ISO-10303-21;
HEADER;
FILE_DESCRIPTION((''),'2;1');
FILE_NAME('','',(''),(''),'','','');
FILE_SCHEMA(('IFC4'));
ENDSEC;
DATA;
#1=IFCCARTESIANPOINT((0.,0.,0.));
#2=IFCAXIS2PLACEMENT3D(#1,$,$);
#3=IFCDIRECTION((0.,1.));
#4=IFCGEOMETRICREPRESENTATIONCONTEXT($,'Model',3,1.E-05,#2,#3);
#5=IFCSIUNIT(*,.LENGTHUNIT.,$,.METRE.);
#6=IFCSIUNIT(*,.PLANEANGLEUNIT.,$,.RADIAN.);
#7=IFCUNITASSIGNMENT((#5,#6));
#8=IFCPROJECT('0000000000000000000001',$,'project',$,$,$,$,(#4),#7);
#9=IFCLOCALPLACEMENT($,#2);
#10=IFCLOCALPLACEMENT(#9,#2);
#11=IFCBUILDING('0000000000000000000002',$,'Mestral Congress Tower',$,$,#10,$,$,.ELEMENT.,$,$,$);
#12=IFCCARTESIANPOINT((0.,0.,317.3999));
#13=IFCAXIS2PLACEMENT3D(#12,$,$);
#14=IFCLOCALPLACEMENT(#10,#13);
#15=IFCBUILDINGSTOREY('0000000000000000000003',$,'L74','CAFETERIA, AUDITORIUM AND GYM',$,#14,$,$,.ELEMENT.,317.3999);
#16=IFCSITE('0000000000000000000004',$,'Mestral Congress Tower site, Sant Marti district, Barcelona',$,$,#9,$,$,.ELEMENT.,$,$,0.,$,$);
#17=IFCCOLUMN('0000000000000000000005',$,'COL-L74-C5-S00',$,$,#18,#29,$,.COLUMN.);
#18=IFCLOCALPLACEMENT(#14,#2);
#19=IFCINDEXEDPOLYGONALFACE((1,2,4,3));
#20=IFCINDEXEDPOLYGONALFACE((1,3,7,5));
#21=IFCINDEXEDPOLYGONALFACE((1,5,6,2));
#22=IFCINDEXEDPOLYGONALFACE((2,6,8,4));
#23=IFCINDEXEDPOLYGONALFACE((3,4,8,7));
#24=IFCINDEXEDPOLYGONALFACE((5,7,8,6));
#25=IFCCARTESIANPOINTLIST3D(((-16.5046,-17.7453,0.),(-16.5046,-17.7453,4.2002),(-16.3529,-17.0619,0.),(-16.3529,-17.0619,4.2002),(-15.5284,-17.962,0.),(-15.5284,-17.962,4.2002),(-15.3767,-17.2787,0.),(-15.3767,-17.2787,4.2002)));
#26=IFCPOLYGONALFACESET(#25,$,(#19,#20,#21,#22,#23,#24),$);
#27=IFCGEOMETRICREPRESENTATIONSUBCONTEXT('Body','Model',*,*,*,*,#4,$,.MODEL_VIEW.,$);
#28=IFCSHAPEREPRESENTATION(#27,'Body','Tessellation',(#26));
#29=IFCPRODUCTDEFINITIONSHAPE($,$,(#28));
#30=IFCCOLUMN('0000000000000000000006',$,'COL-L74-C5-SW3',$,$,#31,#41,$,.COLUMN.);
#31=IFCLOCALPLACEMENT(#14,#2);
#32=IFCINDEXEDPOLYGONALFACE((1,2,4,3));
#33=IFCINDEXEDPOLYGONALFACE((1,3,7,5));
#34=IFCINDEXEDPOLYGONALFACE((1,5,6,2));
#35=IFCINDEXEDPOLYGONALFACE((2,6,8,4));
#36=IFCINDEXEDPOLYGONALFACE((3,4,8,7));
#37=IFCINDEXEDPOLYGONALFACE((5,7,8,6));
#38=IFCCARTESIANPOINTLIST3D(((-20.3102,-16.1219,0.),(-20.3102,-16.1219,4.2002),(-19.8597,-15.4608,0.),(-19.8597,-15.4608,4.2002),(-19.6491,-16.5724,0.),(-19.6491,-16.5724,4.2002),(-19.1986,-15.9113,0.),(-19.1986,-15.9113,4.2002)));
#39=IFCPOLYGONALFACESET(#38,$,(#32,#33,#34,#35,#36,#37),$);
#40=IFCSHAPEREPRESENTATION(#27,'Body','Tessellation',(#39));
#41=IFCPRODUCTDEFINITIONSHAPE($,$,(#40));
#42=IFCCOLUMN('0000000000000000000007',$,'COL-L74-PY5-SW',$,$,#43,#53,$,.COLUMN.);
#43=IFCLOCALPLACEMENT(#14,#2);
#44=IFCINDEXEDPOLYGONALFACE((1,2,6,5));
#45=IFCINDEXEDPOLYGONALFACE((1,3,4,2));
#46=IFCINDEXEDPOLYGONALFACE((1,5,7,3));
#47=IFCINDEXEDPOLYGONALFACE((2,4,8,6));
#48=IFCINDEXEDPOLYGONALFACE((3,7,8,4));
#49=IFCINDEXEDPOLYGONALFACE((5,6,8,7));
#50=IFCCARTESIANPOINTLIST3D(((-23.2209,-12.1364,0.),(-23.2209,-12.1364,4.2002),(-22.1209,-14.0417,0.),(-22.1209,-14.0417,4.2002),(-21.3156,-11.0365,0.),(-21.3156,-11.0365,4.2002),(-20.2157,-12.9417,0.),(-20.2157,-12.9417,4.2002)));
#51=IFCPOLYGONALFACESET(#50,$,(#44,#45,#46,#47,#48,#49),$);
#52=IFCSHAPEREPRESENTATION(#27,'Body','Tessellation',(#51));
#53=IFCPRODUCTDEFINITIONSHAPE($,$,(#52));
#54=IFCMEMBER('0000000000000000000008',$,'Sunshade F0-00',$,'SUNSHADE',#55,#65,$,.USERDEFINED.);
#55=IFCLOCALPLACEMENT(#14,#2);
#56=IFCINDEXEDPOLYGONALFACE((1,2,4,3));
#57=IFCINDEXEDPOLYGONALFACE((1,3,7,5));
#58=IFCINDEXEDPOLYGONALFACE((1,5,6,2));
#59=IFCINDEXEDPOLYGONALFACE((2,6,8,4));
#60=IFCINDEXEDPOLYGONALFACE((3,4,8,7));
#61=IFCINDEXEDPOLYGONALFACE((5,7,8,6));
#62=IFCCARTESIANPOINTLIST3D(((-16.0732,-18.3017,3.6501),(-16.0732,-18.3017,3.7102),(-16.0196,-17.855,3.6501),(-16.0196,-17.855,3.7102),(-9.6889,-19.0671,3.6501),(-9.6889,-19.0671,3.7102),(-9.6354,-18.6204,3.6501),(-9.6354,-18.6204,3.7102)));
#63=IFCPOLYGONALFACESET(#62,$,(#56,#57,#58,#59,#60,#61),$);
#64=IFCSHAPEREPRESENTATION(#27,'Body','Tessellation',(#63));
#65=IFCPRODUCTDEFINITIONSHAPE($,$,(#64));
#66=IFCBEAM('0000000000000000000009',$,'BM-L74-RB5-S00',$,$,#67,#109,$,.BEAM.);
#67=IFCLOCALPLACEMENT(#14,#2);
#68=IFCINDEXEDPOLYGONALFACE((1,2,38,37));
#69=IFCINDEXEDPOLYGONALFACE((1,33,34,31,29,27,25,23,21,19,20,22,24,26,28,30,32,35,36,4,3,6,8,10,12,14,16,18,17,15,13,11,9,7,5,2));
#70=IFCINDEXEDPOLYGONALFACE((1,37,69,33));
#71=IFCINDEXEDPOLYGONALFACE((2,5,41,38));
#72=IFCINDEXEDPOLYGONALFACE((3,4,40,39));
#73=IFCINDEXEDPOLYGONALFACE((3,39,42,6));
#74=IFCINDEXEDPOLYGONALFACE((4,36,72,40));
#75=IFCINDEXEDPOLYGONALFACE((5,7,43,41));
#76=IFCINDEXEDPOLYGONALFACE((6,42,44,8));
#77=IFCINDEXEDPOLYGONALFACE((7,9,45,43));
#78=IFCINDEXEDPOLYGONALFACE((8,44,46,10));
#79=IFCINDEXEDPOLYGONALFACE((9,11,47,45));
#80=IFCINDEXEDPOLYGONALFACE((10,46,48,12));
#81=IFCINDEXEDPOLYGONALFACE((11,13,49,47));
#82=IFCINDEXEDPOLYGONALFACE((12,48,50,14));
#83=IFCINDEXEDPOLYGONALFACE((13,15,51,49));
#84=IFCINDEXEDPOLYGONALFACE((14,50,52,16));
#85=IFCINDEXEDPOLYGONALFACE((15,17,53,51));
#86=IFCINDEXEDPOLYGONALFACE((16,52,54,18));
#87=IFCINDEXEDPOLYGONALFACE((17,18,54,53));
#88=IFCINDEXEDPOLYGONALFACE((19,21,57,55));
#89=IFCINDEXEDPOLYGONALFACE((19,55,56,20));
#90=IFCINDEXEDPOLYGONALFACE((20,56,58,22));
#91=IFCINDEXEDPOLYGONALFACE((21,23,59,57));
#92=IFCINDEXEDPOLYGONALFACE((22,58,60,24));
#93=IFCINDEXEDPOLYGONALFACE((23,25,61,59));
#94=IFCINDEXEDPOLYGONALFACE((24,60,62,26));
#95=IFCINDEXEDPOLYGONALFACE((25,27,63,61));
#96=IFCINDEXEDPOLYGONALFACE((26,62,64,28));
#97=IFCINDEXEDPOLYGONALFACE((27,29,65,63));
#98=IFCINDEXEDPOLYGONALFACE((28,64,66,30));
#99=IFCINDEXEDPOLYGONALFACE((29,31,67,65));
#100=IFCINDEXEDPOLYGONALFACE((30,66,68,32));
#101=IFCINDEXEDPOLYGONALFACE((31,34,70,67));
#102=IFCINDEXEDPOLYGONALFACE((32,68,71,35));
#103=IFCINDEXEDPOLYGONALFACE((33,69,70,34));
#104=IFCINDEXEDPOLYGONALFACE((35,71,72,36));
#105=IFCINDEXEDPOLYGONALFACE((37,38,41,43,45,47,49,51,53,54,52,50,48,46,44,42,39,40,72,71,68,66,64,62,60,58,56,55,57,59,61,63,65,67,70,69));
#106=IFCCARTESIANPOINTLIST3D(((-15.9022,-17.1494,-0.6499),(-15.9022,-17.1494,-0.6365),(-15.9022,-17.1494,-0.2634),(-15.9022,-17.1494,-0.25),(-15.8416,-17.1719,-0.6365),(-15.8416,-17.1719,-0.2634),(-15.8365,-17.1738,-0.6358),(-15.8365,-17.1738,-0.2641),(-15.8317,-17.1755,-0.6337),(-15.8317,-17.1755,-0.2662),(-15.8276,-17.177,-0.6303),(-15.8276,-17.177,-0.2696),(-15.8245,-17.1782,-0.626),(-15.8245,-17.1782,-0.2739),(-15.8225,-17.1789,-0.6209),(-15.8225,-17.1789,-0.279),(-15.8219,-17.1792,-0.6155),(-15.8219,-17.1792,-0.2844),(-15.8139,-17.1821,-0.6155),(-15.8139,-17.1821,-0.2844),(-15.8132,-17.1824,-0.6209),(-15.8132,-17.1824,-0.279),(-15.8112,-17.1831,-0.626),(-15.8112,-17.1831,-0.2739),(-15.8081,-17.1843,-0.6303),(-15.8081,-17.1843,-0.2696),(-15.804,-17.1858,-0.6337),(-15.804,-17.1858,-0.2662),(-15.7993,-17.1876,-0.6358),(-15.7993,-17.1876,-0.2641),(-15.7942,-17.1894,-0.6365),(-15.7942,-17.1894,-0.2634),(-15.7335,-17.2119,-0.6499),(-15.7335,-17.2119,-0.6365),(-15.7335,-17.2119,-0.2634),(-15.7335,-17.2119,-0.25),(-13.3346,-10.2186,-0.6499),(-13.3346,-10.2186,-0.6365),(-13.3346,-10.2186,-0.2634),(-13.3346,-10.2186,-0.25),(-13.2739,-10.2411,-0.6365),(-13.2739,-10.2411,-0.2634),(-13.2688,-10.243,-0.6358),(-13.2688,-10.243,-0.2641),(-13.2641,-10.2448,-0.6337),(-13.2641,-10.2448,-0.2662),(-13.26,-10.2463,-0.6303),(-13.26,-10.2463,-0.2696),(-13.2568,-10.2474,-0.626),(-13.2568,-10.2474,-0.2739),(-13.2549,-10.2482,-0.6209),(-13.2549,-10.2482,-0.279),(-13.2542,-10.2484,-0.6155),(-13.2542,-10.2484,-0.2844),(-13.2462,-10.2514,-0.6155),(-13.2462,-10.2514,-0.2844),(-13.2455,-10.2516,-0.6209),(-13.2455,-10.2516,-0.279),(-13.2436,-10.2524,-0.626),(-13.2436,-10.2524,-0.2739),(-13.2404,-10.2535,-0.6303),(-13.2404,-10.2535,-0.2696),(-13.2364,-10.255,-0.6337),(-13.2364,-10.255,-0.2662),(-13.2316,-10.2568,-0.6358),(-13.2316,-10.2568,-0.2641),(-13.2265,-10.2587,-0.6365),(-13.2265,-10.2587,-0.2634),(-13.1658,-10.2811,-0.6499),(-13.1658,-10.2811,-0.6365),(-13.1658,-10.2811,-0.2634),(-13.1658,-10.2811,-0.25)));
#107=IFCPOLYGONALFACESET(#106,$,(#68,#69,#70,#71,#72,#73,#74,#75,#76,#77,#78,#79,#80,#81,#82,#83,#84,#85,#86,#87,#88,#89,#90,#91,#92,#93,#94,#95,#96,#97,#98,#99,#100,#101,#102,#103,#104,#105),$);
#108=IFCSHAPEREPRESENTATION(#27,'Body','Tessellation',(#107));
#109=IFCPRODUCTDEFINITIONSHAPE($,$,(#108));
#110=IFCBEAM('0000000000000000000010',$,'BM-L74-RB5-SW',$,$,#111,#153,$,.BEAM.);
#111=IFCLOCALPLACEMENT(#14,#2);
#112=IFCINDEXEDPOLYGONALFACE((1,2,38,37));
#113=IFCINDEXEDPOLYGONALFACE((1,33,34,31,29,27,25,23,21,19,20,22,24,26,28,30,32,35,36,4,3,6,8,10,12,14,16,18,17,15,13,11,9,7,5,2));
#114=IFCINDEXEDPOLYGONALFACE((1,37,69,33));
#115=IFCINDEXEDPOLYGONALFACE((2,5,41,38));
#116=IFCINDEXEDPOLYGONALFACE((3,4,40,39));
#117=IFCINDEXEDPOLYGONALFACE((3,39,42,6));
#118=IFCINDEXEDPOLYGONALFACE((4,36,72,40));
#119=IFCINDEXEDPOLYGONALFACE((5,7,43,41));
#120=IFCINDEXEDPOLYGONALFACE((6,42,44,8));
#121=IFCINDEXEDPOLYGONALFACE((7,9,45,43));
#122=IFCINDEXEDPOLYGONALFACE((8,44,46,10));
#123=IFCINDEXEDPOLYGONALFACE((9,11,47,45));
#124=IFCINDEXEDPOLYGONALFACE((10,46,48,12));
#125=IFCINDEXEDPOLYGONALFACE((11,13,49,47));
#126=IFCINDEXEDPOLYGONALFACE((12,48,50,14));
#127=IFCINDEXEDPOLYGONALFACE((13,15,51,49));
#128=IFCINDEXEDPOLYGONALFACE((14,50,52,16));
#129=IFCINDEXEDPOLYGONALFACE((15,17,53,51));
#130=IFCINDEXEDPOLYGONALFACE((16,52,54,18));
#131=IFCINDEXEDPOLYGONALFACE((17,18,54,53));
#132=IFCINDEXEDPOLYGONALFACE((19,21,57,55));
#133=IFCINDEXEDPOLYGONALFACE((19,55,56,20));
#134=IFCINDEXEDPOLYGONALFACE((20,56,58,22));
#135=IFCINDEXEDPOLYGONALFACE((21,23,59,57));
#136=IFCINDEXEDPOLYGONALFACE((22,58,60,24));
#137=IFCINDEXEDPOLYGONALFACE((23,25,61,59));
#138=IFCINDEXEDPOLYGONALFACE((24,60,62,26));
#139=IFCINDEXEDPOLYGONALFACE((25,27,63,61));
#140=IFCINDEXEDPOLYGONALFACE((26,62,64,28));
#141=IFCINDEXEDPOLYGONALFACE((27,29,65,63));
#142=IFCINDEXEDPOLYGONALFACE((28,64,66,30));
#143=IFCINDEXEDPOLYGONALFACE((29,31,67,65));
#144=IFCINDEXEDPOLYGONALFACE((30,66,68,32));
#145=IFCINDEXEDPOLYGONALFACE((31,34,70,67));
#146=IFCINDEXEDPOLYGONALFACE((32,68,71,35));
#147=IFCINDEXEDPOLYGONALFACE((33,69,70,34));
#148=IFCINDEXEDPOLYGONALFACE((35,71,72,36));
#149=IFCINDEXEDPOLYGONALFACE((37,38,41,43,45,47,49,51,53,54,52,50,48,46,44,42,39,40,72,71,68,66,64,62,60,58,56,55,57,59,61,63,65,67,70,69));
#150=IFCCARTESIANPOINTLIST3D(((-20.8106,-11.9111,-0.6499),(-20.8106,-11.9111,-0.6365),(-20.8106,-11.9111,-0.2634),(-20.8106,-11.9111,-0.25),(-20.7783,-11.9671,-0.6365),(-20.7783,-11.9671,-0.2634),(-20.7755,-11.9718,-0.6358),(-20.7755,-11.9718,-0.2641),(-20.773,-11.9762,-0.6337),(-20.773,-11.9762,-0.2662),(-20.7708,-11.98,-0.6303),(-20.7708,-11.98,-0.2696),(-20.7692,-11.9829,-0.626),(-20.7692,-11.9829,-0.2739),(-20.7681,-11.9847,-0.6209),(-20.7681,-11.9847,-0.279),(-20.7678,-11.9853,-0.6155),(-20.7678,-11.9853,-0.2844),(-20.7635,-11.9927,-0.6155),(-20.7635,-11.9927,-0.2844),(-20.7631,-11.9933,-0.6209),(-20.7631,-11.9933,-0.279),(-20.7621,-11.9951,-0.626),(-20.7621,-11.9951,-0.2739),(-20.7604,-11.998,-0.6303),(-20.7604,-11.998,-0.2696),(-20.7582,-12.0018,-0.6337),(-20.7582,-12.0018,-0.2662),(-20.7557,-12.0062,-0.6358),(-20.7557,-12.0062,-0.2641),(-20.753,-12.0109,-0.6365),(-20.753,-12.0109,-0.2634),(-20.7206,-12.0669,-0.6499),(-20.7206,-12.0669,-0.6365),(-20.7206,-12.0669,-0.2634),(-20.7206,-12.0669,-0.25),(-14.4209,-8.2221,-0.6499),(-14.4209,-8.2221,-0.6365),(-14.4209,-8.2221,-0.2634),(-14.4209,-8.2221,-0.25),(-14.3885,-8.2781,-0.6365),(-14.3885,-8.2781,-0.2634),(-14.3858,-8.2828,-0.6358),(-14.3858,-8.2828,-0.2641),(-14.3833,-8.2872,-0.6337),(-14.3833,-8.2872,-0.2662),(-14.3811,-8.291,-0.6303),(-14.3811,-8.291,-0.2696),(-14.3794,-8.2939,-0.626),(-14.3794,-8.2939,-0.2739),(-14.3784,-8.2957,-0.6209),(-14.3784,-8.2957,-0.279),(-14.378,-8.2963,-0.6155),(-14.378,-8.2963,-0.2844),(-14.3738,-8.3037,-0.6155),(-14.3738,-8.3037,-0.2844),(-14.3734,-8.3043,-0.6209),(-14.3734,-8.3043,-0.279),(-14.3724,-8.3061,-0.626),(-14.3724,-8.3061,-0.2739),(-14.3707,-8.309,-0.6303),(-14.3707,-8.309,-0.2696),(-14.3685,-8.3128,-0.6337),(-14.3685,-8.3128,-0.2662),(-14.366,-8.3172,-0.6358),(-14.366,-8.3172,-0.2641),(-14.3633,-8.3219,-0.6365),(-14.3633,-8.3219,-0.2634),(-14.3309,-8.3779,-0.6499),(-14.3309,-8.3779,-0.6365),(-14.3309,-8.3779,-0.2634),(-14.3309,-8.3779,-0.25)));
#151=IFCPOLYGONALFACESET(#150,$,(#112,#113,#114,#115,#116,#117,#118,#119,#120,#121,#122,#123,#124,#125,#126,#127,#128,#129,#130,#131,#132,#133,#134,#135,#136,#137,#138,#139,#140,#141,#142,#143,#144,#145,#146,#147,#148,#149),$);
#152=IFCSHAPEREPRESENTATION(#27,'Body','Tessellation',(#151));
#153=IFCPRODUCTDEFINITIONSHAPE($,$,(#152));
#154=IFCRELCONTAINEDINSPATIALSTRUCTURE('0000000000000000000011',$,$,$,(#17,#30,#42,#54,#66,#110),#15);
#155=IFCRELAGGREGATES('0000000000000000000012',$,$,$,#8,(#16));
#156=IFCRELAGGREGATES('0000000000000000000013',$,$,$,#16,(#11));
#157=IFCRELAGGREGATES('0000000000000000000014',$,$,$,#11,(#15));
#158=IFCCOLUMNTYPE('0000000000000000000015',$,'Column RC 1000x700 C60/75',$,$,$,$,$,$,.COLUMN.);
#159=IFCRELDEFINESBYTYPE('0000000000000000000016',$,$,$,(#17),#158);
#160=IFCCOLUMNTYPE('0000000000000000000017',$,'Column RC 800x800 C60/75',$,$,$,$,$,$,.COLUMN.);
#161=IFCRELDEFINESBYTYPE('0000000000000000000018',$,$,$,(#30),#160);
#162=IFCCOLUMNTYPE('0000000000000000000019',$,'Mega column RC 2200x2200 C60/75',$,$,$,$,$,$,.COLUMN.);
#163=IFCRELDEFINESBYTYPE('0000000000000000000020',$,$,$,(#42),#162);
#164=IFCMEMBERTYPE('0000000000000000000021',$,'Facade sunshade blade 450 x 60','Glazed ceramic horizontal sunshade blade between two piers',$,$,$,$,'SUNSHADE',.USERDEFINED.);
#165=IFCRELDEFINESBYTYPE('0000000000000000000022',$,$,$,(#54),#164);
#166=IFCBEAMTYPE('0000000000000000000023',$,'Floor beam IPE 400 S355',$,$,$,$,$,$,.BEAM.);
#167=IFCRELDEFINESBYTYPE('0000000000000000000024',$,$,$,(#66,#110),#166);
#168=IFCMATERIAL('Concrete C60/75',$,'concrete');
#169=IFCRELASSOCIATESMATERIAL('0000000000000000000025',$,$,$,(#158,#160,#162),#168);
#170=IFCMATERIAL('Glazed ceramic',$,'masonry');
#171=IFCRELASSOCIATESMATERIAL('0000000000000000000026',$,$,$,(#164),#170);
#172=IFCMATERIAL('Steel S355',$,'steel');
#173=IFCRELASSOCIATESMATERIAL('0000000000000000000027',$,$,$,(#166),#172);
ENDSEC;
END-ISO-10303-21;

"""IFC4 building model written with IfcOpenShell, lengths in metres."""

from ifc_helpers import new_model, si_unit, direction, frame, origin, origin_2d, place, context, subcontext, project, spatial, rectangle, i_section, extrude, material, material_profile, profile_set, type_object, element, save


model = new_model("IFC4")

# Units and contexts
model_context = context("Model", 3, precision=1e-05, world=origin(), true_north=direction((0.0, 1.0)))
body_context = subcontext(model_context, "Body", "Model", "MODEL_VIEW")
ifc_project = project(units=[si_unit("LENGTHUNIT", "METRE"), si_unit("PLANEANGLEUNIT", "RADIAN")], contexts=[model_context])

# Site, building, storey
site_placement = place(None, origin())
site = spatial("IfcSite", under=ifc_project, at=site_placement, Name="Mestral Congress Tower site, Sant Marti district, Barcelona", CompositionType="ELEMENT", RefElevation=0.0)
building_placement = place(site_placement, origin())
building = spatial("IfcBuilding", under=site, at=building_placement, Name="Mestral Congress Tower", CompositionType="ELEMENT")
storey_placement = place(building_placement, frame((0.0, 0.0, 317.3999)))
storey = spatial("IfcBuildingStorey", under=building, at=storey_placement, Name="L74", Description="CAFETERIA, AUDITORIUM AND GYM", CompositionType="ELEMENT", Elevation=317.3999)

# Columns
ifc_material_1 = material(Name="Concrete C60/75", Category="concrete")
ifc_material_profile_1 = material_profile(ifc_material_1, rectangle(XDim=1.0, YDim=0.7, at=origin_2d()), Name="RC 1000x700")
ifc_profile_set_1 = profile_set([ifc_material_profile_1], Name="Concrete C60/75")
column_type_1 = type_object("IfcColumnType", Name="Column RC 1000x700 C60/75", PredefinedType="COLUMN", material=ifc_profile_set_1)
column_1_placement = place(storey_placement, frame((-15.9407, -17.512, 0.0), z_axis=(0.0, 0.0, 1.0), x_axis=(0.976234, -0.216721, 0.0)))
element("IfcColumn", 1, at=column_1_placement, inside=storey, type_object=column_type_1, Name="COL-L74-C5-S00", PredefinedType="COLUMN", context=body_context, shape_type="SweptSolid", body=[
    extrude(rectangle(XDim=1.0, YDim=0.7, at=origin_2d()), origin(), (0.0, 0.0, 1.0), 4.2002),
])
ifc_material_profile_2 = material_profile(ifc_material_1, rectangle(XDim=0.8, YDim=0.8, at=origin_2d()), Name="RC 800x800")
ifc_profile_set_2 = profile_set([ifc_material_profile_2], Name="Concrete C60/75")
column_type_2 = type_object("IfcColumnType", Name="Column RC 800x800 C60/75", PredefinedType="COLUMN", material=ifc_profile_set_2)
column_2_placement = place(storey_placement, frame((-19.7544, -16.0166, 0.0), z_axis=(0.0, 0.0, 1.0), x_axis=(0.826363, -0.563138, 0.0)))
element("IfcColumn", 2, at=column_2_placement, inside=storey, type_object=column_type_2, Name="COL-L74-C5-SW3", PredefinedType="COLUMN", context=body_context, shape_type="SweptSolid", body=[
    extrude(rectangle(XDim=0.8, YDim=0.8, at=origin_2d()), origin(), (0.0, 0.0, 1.0), 4.2002),
])
ifc_material_profile_3 = material_profile(ifc_material_1, rectangle(XDim=2.2, YDim=2.2, at=origin_2d()), Name="RC 2200x2200")
ifc_profile_set_3 = profile_set([ifc_material_profile_3], Name="Concrete C60/75")
column_type_3 = type_object("IfcColumnType", Name="Mega column RC 2200x2200 C60/75", PredefinedType="COLUMN", material=ifc_profile_set_3)
column_3_placement = place(storey_placement, frame((-21.7183, -12.5391, 0.0), z_axis=(0.0, 0.0, 1.0), x_axis=(-0.866025, -0.5, 0.0)))
element("IfcColumn", 3, at=column_3_placement, inside=storey, type_object=column_type_3, Name="COL-L74-PY5-SW", PredefinedType="COLUMN", context=body_context, shape_type="SweptSolid", body=[
    extrude(rectangle(XDim=2.2, YDim=2.2, at=origin_2d()), origin(), (0.0, 0.0, 1.0), 4.2002),
])

# Member
ifc_material_2 = material(Name="Glazed ceramic", Category="masonry")
ifc_material_profile_4 = material_profile(ifc_material_2, rectangle(XDim=0.45, YDim=0.0601, at=origin_2d()), Name="Ceramic blade 450 x 60")
ifc_profile_set_4 = profile_set([ifc_material_profile_4], Name="Glazed ceramic")
member_type = type_object("IfcMemberType", Name="Facade sunshade blade 450 x 60", Description="Glazed ceramic horizontal sunshade blade between two piers", ElementType="SUNSHADE", PredefinedType="USERDEFINED", material=ifc_profile_set_4)
member_placement = place(storey_placement, frame((-16.0464, -18.0784, 3.6802), z_axis=(0.99289, -0.119033, 0.0), x_axis=(0.119033, 0.99289, 0.0)))
element("IfcMember", 4, at=member_placement, inside=storey, type_object=member_type, Name="Sunshade F0-00", ObjectType="SUNSHADE", PredefinedType="USERDEFINED", context=body_context, shape_type="SweptSolid", body=[
    extrude(rectangle(XDim=0.45, YDim=0.0601, at=origin_2d()), origin(), (0.0, 0.0, 1.0), 6.4299),
])

# Beams
ifc_material_3 = material(Name="Steel S355", Category="steel")
ifc_material_profile_5 = material_profile(ifc_material_3, i_section(OverallWidth=0.1799, OverallDepth=0.3999, WebThickness=0.0085, FlangeThickness=0.0134, FilletRadius=0.021, at=origin_2d()), Name="IPE 400")
ifc_profile_set_5 = profile_set([ifc_material_profile_5], Name="Steel S355")
beam_type_1 = type_object("IfcBeamType", Name="Floor beam IPE 400 S355", PredefinedType="BEAM", material=ifc_profile_set_5)
beam_1_placement = place(storey_placement, frame((-15.8179, -17.1807, -0.45), z_axis=(0.347399, 0.937717, 0.0), x_axis=(-0.937717, 0.347399, 0.0)))
element("IfcBeam", 5, at=beam_1_placement, inside=storey, type_object=beam_type_1, Name="BM-L74-RB5-S00", PredefinedType="BEAM", context=body_context, shape_type="SweptSolid", body=[
    extrude(i_section(OverallWidth=0.1799, OverallDepth=0.3999, WebThickness=0.0085, FlangeThickness=0.0134, FilletRadius=0.021, at=origin_2d()), origin(), (0.0, 0.0, 1.0), 7.3911),
])
beam_2_placement = place(storey_placement, frame((-20.7656, -11.989, -0.45), z_axis=(0.866031, 0.49999, 0.0), x_axis=(-0.49999, 0.866031, 0.0)))
element("IfcBeam", 6, at=beam_2_placement, inside=storey, type_object=beam_type_1, Name="BM-L74-RB5-SW", PredefinedType="BEAM", context=body_context, shape_type="SweptSolid", body=[
    extrude(i_section(OverallWidth=0.1799, OverallDepth=0.3999, WebThickness=0.0085, FlangeThickness=0.0134, FilletRadius=0.021, at=origin_2d()), origin(), (0.0, 0.0, 1.0), 7.3782),
])

save(model, "model.ifc")
